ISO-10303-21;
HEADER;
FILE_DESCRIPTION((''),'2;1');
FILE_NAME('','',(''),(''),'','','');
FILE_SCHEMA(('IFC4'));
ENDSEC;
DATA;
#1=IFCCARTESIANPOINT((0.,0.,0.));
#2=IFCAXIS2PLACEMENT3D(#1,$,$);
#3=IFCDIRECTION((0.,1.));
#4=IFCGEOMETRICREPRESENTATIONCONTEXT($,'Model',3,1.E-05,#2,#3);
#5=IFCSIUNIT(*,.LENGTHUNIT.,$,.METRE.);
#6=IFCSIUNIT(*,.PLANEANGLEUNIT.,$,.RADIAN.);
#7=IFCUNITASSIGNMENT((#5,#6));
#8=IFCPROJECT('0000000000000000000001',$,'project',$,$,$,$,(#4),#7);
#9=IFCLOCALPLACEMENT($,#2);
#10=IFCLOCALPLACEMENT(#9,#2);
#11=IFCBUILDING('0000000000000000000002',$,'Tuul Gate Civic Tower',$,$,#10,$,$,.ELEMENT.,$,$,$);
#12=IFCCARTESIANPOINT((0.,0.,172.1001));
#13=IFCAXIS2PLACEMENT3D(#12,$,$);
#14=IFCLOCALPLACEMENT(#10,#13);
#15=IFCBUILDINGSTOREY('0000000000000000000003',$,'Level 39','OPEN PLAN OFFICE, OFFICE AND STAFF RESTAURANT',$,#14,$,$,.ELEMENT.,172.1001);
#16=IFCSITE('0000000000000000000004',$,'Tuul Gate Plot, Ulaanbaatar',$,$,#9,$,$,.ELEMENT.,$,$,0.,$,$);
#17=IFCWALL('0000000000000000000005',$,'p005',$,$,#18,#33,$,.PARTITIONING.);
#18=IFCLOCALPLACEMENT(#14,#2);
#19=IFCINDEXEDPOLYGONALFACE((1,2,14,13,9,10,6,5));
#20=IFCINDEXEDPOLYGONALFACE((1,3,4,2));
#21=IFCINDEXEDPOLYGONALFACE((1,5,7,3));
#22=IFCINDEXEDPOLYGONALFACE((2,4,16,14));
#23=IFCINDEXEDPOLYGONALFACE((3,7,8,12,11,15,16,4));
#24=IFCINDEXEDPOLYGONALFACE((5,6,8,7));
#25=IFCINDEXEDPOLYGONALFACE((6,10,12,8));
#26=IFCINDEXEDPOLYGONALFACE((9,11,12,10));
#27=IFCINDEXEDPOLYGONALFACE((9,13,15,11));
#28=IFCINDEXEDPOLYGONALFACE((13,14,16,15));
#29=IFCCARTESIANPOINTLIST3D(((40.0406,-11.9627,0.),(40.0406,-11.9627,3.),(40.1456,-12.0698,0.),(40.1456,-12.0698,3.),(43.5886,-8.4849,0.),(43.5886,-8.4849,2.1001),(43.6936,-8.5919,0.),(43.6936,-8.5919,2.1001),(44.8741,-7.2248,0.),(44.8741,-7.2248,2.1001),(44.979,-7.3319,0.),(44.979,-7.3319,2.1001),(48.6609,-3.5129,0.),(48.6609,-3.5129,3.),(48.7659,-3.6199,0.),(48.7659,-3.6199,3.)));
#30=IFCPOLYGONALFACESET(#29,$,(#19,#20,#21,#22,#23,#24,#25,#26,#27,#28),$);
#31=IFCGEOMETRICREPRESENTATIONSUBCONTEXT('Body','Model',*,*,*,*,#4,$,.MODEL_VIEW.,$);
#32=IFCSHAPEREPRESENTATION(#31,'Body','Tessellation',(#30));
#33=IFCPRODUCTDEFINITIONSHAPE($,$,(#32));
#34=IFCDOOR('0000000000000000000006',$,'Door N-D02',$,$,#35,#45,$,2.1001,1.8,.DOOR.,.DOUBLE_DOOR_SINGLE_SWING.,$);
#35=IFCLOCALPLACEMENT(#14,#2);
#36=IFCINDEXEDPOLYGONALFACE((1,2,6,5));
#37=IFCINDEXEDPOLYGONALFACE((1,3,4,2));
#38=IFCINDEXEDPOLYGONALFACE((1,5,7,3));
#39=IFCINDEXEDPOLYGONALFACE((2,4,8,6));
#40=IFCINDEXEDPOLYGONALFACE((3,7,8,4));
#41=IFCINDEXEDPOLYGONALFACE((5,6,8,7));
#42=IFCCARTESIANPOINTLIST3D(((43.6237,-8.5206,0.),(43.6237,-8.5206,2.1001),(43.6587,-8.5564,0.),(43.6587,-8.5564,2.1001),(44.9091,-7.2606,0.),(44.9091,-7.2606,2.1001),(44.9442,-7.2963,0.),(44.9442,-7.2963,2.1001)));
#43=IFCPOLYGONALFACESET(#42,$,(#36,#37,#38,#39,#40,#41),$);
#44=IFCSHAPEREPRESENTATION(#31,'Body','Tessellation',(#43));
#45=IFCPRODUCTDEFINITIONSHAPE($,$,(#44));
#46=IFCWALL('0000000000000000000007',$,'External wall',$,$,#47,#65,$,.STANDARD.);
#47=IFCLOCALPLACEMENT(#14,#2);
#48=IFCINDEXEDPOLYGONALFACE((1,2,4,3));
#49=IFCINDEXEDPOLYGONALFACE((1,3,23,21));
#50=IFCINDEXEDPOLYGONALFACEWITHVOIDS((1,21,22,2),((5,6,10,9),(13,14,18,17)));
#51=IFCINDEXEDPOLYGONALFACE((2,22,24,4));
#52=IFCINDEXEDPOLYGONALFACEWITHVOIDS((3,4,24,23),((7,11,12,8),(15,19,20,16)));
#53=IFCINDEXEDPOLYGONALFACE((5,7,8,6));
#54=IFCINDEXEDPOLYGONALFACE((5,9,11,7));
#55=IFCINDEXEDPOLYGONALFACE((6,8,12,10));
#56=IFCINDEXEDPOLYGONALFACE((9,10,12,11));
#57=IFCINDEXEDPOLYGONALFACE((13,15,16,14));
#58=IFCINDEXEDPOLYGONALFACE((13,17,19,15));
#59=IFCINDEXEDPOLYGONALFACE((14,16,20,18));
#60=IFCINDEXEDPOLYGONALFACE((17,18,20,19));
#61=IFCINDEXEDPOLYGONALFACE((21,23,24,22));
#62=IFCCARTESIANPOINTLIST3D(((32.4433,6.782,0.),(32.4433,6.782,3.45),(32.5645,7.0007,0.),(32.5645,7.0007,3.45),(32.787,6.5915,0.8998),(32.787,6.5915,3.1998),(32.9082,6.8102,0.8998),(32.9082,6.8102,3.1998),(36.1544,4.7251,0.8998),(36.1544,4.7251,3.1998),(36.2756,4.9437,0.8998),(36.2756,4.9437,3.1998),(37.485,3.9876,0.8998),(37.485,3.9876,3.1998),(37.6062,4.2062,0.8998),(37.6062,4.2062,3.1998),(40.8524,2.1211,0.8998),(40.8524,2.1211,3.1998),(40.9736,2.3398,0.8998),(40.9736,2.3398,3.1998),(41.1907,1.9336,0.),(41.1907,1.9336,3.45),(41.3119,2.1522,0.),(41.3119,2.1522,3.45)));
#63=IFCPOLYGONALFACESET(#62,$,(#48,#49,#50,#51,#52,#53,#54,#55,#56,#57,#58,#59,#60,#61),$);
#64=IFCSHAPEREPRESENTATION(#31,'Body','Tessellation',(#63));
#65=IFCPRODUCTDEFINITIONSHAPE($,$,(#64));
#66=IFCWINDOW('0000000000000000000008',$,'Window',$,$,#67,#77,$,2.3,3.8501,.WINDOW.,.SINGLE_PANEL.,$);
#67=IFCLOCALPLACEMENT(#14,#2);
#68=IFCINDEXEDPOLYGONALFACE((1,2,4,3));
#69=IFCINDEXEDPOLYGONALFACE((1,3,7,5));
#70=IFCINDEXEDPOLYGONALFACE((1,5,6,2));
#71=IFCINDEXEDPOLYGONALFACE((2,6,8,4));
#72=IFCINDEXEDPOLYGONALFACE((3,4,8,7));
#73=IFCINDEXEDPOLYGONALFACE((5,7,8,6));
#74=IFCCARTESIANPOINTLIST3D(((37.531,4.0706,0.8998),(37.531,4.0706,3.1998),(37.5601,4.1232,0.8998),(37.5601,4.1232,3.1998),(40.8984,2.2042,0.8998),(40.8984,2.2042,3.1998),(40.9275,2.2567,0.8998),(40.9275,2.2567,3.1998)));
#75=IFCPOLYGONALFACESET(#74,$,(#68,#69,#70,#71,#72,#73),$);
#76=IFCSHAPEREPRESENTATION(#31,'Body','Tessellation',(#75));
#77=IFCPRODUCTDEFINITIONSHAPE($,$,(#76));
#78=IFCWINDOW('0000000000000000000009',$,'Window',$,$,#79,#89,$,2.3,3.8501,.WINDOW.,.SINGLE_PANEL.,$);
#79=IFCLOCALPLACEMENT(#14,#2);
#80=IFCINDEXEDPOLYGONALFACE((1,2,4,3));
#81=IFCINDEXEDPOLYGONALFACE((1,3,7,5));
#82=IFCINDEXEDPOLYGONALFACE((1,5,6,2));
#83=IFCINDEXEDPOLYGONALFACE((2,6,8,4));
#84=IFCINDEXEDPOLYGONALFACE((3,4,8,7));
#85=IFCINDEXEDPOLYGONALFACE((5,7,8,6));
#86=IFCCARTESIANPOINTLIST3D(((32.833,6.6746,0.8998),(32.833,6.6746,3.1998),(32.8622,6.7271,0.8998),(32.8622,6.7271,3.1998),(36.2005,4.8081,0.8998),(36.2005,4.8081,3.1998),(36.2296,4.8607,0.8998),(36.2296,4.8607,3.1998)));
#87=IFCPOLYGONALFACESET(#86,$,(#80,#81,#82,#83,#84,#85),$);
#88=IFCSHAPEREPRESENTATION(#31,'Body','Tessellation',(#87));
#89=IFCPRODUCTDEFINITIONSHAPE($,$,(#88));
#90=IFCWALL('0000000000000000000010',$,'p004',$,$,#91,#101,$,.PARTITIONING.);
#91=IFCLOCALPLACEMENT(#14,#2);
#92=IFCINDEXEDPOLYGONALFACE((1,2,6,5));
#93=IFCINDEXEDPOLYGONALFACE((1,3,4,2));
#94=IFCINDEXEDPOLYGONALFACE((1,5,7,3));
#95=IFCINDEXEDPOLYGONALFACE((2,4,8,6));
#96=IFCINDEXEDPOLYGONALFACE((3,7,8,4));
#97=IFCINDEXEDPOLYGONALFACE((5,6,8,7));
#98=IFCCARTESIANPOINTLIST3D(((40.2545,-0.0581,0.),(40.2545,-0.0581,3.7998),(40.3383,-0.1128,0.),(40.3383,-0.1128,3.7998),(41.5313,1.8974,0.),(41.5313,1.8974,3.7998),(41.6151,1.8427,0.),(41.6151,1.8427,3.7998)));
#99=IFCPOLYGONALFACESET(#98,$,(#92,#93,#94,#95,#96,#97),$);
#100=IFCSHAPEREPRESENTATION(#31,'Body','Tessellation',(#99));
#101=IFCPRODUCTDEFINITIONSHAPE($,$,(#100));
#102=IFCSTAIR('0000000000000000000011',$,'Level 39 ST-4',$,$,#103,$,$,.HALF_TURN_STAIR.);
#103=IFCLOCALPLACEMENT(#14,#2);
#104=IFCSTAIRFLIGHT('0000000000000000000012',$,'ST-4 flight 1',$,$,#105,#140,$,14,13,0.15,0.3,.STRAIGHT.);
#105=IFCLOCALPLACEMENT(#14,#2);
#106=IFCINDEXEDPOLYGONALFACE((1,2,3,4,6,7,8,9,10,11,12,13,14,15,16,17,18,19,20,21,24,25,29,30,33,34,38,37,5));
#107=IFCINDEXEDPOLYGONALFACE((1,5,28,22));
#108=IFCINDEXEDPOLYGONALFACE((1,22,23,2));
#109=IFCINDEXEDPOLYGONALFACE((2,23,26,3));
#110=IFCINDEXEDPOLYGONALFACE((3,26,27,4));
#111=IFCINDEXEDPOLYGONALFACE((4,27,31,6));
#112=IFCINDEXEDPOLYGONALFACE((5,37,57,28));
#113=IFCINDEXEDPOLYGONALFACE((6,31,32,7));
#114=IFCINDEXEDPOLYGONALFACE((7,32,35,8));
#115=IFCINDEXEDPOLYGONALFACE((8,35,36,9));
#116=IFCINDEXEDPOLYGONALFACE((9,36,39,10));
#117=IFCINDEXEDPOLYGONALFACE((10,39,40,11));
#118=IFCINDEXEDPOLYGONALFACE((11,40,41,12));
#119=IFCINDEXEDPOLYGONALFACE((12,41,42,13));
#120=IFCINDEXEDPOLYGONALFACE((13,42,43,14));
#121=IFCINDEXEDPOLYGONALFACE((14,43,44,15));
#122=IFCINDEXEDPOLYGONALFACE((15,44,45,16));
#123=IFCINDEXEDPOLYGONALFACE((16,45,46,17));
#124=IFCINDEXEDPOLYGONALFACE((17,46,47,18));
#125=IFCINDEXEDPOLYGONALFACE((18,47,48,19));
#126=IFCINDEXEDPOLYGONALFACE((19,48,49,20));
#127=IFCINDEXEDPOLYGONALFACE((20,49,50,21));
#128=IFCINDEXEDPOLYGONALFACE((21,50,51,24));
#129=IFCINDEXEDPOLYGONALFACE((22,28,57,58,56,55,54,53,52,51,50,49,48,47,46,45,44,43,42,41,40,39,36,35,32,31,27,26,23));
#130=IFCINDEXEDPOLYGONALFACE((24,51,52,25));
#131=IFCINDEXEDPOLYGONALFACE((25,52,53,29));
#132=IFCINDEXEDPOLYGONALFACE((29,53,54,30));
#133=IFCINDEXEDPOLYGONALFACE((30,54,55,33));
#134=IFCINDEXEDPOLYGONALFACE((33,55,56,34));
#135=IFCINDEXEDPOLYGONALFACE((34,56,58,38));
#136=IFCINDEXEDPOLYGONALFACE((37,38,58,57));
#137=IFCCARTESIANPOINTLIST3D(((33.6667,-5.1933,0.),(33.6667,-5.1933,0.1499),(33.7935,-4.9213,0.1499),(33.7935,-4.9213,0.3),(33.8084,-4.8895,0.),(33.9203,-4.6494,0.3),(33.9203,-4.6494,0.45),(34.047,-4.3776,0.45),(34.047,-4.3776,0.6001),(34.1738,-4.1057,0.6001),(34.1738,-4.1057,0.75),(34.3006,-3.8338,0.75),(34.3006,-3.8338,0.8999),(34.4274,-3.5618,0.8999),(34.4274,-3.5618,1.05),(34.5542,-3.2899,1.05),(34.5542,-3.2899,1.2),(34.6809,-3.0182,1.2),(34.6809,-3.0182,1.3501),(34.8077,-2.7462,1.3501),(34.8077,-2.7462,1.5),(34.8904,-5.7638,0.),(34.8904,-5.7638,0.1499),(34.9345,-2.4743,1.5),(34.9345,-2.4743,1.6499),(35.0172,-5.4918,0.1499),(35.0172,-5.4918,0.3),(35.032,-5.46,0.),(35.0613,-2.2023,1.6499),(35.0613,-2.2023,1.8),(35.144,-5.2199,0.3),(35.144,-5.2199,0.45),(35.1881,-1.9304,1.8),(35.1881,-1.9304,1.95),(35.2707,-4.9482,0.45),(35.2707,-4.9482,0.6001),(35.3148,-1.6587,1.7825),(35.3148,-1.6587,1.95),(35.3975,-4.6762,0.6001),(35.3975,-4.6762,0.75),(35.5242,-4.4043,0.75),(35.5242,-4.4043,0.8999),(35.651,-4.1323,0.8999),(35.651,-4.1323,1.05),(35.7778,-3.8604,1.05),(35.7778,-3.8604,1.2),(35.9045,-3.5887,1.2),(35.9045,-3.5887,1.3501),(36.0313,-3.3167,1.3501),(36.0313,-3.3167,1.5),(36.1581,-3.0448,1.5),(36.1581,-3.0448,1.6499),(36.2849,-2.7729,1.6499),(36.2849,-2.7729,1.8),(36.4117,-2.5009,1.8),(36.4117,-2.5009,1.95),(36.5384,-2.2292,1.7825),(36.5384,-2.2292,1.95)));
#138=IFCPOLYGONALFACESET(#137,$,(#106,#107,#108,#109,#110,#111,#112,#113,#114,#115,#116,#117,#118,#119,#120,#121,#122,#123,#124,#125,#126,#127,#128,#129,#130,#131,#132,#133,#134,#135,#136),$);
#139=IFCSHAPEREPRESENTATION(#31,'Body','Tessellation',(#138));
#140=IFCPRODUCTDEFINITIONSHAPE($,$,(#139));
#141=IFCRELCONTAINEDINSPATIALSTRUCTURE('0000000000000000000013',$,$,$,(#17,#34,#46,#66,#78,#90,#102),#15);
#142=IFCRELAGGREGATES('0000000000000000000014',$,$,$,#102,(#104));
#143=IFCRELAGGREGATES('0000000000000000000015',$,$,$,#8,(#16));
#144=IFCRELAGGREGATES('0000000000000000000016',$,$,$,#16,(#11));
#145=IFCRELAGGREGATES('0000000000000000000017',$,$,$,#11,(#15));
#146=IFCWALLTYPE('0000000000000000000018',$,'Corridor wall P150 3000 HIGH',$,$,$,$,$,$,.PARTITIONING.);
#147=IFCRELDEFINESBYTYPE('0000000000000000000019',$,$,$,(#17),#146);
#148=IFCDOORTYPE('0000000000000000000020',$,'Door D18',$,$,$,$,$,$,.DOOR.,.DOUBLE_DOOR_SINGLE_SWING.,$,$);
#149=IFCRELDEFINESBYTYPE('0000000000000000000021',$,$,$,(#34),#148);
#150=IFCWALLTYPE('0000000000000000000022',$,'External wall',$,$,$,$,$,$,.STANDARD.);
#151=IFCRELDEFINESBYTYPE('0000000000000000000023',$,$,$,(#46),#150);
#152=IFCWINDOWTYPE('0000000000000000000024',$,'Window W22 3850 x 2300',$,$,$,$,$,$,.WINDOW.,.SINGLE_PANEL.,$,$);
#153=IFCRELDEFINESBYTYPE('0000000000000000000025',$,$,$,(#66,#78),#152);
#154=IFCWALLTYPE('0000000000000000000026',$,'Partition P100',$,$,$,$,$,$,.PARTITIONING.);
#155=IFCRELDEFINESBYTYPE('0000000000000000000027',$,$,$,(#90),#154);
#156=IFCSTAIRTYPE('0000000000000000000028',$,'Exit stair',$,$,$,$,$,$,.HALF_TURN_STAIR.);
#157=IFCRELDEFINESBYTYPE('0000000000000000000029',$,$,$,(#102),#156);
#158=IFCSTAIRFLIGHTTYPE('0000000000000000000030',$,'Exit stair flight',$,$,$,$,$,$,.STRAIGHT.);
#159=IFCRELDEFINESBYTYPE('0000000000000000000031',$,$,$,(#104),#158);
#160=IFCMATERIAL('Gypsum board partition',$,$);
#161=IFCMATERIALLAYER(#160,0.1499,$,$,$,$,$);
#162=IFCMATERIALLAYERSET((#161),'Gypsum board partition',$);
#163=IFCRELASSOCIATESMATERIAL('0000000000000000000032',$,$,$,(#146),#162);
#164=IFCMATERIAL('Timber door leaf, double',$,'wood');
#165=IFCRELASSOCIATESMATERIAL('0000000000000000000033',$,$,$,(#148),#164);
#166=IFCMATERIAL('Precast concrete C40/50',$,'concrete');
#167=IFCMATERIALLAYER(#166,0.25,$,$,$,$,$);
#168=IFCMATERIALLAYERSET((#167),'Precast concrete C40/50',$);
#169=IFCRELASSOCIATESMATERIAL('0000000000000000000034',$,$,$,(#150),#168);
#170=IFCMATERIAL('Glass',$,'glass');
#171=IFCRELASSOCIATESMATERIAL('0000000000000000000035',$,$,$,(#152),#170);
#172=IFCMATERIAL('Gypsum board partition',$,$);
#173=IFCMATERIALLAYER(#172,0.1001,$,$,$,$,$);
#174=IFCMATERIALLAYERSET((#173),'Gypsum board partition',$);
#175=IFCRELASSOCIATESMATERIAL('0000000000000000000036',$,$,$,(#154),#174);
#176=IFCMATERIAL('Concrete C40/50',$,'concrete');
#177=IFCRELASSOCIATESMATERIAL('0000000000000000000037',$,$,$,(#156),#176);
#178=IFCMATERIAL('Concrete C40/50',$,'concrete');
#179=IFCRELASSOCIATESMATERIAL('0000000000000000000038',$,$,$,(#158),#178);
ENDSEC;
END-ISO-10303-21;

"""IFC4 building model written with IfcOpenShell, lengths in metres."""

from ifc_helpers import new_model, si_unit, direction, frame, frame_2d, origin, place, context, subcontext, project, spatial, polyline, rectangle, outline, extrude, material, layer, layer_set, type_object, element, fill, aggregate, save


model = new_model("IFC4")

# Units and contexts
model_context = context("Model", 3, precision=1e-05, world=origin(), true_north=direction((0.0, 1.0)))
body_context = subcontext(model_context, "Body", "Model", "MODEL_VIEW")
ifc_project = project(units=[si_unit("LENGTHUNIT", "METRE"), si_unit("PLANEANGLEUNIT", "RADIAN")], contexts=[model_context])

# Site, building, storey
site_placement = place(None, origin())
site = spatial("IfcSite", under=ifc_project, at=site_placement, Name="Tuul Gate Plot, Ulaanbaatar", CompositionType="ELEMENT", RefElevation=0.0)
building_placement = place(site_placement, origin())
building = spatial("IfcBuilding", under=site, at=building_placement, Name="Tuul Gate Civic Tower", CompositionType="ELEMENT")
storey_placement = place(building_placement, frame((0.0, 0.0, 172.1001)))
storey = spatial("IfcBuildingStorey", under=building, at=storey_placement, Name="Level 39", Description="OPEN PLAN OFFICE, OFFICE AND STAFF RESTAURANT", CompositionType="ELEMENT", Elevation=172.1001)

# Wall, opening, door
ifc_material_1 = material(Name="Gypsum board partition")
ifc_layer_1 = layer(ifc_material_1, 0.1499)
ifc_layer_set_1 = layer_set([ifc_layer_1], Name="Gypsum board partition")
wall_type_1 = type_object("IfcWallType", Name="Corridor wall P150 3000 HIGH", PredefinedType="PARTITIONING", material=ifc_layer_set_1)
wall_1_placement = place(storey_placement, frame((40.093, -12.0164, 0.0), z_axis=(0.0, 0.0, 1.0), x_axis=(0.71413, 0.700013, 0.0)))
wall_1 = element("IfcWall", 1, at=wall_1_placement, inside=storey, type_object=wall_type_1, Name="p005", PredefinedType="PARTITIONING", context=body_context, shape_type="SweptSolid", body=[
    extrude(rectangle(XDim=12.071, YDim=0.1499, at=frame_2d((6.0356, 0.0))), origin(), (0.0, 0.0, 1.0), 3.0),
])
opening_1_placement = place(wall_1_placement, frame((4.9685, 0.0, 0.0)))
opening_1 = element("IfcOpeningElement", 2, at=opening_1_placement, cuts=wall_1, PredefinedType="OPENING", context=body_context, shape_type="SweptSolid", body=[
    extrude(rectangle(XDim=1.8, YDim=2.1001, at=frame_2d((0.8999, 1.05))), frame((0.0, 0.085, 0.0), z_axis=(0.0, -1.0, 0.0), x_axis=(1.0, 0.0, 0.0)), (0.0, 0.0, 1.0), 0.1699),
])
ifc_material_2 = material(Name="Timber door leaf, double", Category="wood")
door_type_1 = type_object("IfcDoorType", Name="Door D18", OperationType="DOUBLE_DOOR_SINGLE_SWING", PredefinedType="DOOR", material=ifc_material_2)
door_1_placement = place(opening_1_placement, origin())
door_1 = element("IfcDoor", 3, at=door_1_placement, inside=storey, type_object=door_type_1, Name="Door N-D02", OperationType="DOUBLE_DOOR_SINGLE_SWING", OverallHeight=2.1001, OverallWidth=1.8, PredefinedType="DOOR", context=body_context, shape_type="SweptSolid", body=[
    extrude(rectangle(XDim=1.8, YDim=2.1001, at=frame_2d((0.8999, 1.05))), frame((0.0, 0.0249, 0.0), z_axis=(0.0, -1.0, 0.0), x_axis=(1.0, 0.0, 0.0)), (0.0, 0.0, 1.0), 0.05),
])
fill(opening_1, door_1)

# Wall, openings, windows
ifc_material_3 = material(Name="Precast concrete C40/50", Category="concrete")
ifc_layer_2 = layer(ifc_material_3, 0.25)
ifc_layer_set_2 = layer_set([ifc_layer_2], Name="Precast concrete C40/50")
wall_type_2 = type_object("IfcWallType", Name="External wall", PredefinedType="STANDARD", material=ifc_layer_set_2)
wall_2_placement = place(storey_placement, frame((41.2512, 2.043, 0.0), z_axis=(0.0, 0.0, 1.0), x_axis=(-0.874634, 0.484785, 0.0)))
wall_2 = element("IfcWall", 4, at=wall_2_placement, inside=storey, type_object=wall_type_2, Name="External wall", PredefinedType="STANDARD", context=body_context, shape_type="SweptSolid", body=[
    extrude(rectangle(XDim=10.0012, YDim=0.25, at=frame_2d((5.0005, 0.0))), origin(), (0.0, 0.0, 1.0), 3.45),
])
opening_2_placement = place(wall_2_placement, frame((0.3867, 0.0, 0.8999)))
opening_2 = element("IfcOpeningElement", 5, at=opening_2_placement, cuts=wall_2, PredefinedType="OPENING", context=body_context, shape_type="SweptSolid", body=[
    extrude(rectangle(XDim=3.8501, YDim=2.3, at=frame_2d((1.925, 1.1499))), frame((0.0, 0.135, 0.0), z_axis=(0.0, -1.0, 0.0), x_axis=(1.0, 0.0, 0.0)), (0.0, 0.0, 1.0), 0.27),
])
opening_3_placement = place(wall_2_placement, frame((5.7581, 0.0, 0.8999)))
opening_3 = element("IfcOpeningElement", 6, at=opening_3_placement, cuts=wall_2, PredefinedType="OPENING", context=body_context, shape_type="SweptSolid", body=[
    extrude(rectangle(XDim=3.8501, YDim=2.3, at=frame_2d((1.925, 1.1499))), frame((0.0, 0.135, 0.0), z_axis=(0.0, -1.0, 0.0), x_axis=(1.0, 0.0, 0.0)), (0.0, 0.0, 1.0), 0.27),
])
ifc_material_4 = material(Name="Glass", Category="glass")
window_type = type_object("IfcWindowType", Name="Window W22 3850 x 2300", PartitioningType="SINGLE_PANEL", PredefinedType="WINDOW", material=ifc_material_4)
window_1_placement = place(opening_2_placement, origin())
window_1 = element("IfcWindow", 7, at=window_1_placement, inside=storey, type_object=window_type, Name="Window", OverallHeight=2.3, OverallWidth=3.8501, PartitioningType="SINGLE_PANEL", PredefinedType="WINDOW", context=body_context, shape_type="SweptSolid", body=[
    extrude(rectangle(XDim=3.8501, YDim=2.3, at=frame_2d((1.925, 1.1499))), frame((0.0, 0.03, 0.0), z_axis=(0.0, -1.0, 0.0), x_axis=(1.0, 0.0, 0.0)), (0.0, 0.0, 1.0), 0.0601),
])
fill(opening_2, window_1)
window_2_placement = place(opening_3_placement, origin())
window_2 = element("IfcWindow", 8, at=window_2_placement, inside=storey, type_object=window_type, Name="Window", OverallHeight=2.3, OverallWidth=3.8501, PartitioningType="SINGLE_PANEL", PredefinedType="WINDOW", context=body_context, shape_type="SweptSolid", body=[
    extrude(rectangle(XDim=3.8501, YDim=2.3, at=frame_2d((1.925, 1.1499))), frame((0.0, 0.03, 0.0), z_axis=(0.0, -1.0, 0.0), x_axis=(1.0, 0.0, 0.0)), (0.0, 0.0, 1.0), 0.0601),
])
fill(opening_3, window_2)

# Wall
ifc_material_5 = material(Name="Gypsum board partition")
ifc_layer_3 = layer(ifc_material_5, 0.1001)
ifc_layer_set_3 = layer_set([ifc_layer_3], Name="Gypsum board partition")
wall_type_3 = type_object("IfcWallType", Name="Partition P100", PredefinedType="PARTITIONING", material=ifc_layer_set_3)
wall_3_placement = place(storey_placement, frame((40.2964, -0.0854, 0.0), z_axis=(0.0, 0.0, 1.0), x_axis=(0.546714, 0.837319, 0.0)))
element("IfcWall", 9, at=wall_3_placement, inside=storey, type_object=wall_type_3, Name="p004", PredefinedType="PARTITIONING", context=body_context, shape_type="SweptSolid", body=[
    extrude(rectangle(XDim=2.3354, YDim=0.1001, at=frame_2d((1.1677, 0.0))), origin(), (0.0, 0.0, 1.0), 3.7998),
])

# Stair, stair flight
ifc_material_6 = material(Name="Concrete C40/50", Category="concrete")
stair_type = type_object("IfcStairType", Name="Exit stair", PredefinedType="HALF_TURN_STAIR", material=ifc_material_6)
stair_placement = place(storey_placement, origin())
stair = element("IfcStair", 10, at=stair_placement, inside=storey, type_object=stair_type, Name="Level 39 ST-4", PredefinedType="HALF_TURN_STAIR")
ifc_material_7 = material(Name="Concrete C40/50", Category="concrete")
stair_flight_type = type_object("IfcStairFlightType", Name="Exit stair flight", PredefinedType="STRAIGHT", material=ifc_material_7)
stair_flight_1_placement = place(storey_placement, frame((34.2786, -5.4785, 0.0), z_axis=(0.0, 0.0, 1.0), x_axis=(0.422576, 0.906327, 0.0)))
stair_flight_1 = element("IfcStairFlight", 11, at=stair_flight_1_placement, type_object=stair_flight_type, Name="ST-4 flight 1", NumberOfRisers=14, NumberOfTreads=13, PredefinedType="STRAIGHT", RiserHeight=0.15, TreadLength=0.3, context=body_context, shape_type="SweptSolid", body=[
    extrude(outline(polyline([(0.0, 0.0), (0.0, 0.1499), (0.3, 0.1499), (0.3, 0.3), (0.6001, 0.3), (0.6001, 0.45), (0.8999, 0.45), (0.8999, 0.6001), (1.2, 0.6001), (1.2, 0.75), (1.5, 0.75), (1.5, 0.8999), (1.8, 0.8999), (1.8, 1.05), (2.1001, 1.05), (2.1001, 1.2), (2.3999, 1.2), (2.3999, 1.3501), (2.7, 1.3501), (2.7, 1.5), (3.0, 1.5), (3.0, 1.6499), (3.3, 1.6499), (3.3, 1.8), (3.6001, 1.8), (3.6001, 1.95), (3.8999, 1.95), (3.8999, 2.1001), (3.8999, 1.7825), (0.3352, 0.0), (0.0, 0.0)])), frame((0.0, 0.675, 0.0), z_axis=(0.0, -1.0, 0.0), x_axis=(1.0, 0.0, 0.0)), (0.0, 0.0, 1.0), 1.3501),
])
aggregate(stair, [stair_flight_1])

save(model, "model.ifc")
